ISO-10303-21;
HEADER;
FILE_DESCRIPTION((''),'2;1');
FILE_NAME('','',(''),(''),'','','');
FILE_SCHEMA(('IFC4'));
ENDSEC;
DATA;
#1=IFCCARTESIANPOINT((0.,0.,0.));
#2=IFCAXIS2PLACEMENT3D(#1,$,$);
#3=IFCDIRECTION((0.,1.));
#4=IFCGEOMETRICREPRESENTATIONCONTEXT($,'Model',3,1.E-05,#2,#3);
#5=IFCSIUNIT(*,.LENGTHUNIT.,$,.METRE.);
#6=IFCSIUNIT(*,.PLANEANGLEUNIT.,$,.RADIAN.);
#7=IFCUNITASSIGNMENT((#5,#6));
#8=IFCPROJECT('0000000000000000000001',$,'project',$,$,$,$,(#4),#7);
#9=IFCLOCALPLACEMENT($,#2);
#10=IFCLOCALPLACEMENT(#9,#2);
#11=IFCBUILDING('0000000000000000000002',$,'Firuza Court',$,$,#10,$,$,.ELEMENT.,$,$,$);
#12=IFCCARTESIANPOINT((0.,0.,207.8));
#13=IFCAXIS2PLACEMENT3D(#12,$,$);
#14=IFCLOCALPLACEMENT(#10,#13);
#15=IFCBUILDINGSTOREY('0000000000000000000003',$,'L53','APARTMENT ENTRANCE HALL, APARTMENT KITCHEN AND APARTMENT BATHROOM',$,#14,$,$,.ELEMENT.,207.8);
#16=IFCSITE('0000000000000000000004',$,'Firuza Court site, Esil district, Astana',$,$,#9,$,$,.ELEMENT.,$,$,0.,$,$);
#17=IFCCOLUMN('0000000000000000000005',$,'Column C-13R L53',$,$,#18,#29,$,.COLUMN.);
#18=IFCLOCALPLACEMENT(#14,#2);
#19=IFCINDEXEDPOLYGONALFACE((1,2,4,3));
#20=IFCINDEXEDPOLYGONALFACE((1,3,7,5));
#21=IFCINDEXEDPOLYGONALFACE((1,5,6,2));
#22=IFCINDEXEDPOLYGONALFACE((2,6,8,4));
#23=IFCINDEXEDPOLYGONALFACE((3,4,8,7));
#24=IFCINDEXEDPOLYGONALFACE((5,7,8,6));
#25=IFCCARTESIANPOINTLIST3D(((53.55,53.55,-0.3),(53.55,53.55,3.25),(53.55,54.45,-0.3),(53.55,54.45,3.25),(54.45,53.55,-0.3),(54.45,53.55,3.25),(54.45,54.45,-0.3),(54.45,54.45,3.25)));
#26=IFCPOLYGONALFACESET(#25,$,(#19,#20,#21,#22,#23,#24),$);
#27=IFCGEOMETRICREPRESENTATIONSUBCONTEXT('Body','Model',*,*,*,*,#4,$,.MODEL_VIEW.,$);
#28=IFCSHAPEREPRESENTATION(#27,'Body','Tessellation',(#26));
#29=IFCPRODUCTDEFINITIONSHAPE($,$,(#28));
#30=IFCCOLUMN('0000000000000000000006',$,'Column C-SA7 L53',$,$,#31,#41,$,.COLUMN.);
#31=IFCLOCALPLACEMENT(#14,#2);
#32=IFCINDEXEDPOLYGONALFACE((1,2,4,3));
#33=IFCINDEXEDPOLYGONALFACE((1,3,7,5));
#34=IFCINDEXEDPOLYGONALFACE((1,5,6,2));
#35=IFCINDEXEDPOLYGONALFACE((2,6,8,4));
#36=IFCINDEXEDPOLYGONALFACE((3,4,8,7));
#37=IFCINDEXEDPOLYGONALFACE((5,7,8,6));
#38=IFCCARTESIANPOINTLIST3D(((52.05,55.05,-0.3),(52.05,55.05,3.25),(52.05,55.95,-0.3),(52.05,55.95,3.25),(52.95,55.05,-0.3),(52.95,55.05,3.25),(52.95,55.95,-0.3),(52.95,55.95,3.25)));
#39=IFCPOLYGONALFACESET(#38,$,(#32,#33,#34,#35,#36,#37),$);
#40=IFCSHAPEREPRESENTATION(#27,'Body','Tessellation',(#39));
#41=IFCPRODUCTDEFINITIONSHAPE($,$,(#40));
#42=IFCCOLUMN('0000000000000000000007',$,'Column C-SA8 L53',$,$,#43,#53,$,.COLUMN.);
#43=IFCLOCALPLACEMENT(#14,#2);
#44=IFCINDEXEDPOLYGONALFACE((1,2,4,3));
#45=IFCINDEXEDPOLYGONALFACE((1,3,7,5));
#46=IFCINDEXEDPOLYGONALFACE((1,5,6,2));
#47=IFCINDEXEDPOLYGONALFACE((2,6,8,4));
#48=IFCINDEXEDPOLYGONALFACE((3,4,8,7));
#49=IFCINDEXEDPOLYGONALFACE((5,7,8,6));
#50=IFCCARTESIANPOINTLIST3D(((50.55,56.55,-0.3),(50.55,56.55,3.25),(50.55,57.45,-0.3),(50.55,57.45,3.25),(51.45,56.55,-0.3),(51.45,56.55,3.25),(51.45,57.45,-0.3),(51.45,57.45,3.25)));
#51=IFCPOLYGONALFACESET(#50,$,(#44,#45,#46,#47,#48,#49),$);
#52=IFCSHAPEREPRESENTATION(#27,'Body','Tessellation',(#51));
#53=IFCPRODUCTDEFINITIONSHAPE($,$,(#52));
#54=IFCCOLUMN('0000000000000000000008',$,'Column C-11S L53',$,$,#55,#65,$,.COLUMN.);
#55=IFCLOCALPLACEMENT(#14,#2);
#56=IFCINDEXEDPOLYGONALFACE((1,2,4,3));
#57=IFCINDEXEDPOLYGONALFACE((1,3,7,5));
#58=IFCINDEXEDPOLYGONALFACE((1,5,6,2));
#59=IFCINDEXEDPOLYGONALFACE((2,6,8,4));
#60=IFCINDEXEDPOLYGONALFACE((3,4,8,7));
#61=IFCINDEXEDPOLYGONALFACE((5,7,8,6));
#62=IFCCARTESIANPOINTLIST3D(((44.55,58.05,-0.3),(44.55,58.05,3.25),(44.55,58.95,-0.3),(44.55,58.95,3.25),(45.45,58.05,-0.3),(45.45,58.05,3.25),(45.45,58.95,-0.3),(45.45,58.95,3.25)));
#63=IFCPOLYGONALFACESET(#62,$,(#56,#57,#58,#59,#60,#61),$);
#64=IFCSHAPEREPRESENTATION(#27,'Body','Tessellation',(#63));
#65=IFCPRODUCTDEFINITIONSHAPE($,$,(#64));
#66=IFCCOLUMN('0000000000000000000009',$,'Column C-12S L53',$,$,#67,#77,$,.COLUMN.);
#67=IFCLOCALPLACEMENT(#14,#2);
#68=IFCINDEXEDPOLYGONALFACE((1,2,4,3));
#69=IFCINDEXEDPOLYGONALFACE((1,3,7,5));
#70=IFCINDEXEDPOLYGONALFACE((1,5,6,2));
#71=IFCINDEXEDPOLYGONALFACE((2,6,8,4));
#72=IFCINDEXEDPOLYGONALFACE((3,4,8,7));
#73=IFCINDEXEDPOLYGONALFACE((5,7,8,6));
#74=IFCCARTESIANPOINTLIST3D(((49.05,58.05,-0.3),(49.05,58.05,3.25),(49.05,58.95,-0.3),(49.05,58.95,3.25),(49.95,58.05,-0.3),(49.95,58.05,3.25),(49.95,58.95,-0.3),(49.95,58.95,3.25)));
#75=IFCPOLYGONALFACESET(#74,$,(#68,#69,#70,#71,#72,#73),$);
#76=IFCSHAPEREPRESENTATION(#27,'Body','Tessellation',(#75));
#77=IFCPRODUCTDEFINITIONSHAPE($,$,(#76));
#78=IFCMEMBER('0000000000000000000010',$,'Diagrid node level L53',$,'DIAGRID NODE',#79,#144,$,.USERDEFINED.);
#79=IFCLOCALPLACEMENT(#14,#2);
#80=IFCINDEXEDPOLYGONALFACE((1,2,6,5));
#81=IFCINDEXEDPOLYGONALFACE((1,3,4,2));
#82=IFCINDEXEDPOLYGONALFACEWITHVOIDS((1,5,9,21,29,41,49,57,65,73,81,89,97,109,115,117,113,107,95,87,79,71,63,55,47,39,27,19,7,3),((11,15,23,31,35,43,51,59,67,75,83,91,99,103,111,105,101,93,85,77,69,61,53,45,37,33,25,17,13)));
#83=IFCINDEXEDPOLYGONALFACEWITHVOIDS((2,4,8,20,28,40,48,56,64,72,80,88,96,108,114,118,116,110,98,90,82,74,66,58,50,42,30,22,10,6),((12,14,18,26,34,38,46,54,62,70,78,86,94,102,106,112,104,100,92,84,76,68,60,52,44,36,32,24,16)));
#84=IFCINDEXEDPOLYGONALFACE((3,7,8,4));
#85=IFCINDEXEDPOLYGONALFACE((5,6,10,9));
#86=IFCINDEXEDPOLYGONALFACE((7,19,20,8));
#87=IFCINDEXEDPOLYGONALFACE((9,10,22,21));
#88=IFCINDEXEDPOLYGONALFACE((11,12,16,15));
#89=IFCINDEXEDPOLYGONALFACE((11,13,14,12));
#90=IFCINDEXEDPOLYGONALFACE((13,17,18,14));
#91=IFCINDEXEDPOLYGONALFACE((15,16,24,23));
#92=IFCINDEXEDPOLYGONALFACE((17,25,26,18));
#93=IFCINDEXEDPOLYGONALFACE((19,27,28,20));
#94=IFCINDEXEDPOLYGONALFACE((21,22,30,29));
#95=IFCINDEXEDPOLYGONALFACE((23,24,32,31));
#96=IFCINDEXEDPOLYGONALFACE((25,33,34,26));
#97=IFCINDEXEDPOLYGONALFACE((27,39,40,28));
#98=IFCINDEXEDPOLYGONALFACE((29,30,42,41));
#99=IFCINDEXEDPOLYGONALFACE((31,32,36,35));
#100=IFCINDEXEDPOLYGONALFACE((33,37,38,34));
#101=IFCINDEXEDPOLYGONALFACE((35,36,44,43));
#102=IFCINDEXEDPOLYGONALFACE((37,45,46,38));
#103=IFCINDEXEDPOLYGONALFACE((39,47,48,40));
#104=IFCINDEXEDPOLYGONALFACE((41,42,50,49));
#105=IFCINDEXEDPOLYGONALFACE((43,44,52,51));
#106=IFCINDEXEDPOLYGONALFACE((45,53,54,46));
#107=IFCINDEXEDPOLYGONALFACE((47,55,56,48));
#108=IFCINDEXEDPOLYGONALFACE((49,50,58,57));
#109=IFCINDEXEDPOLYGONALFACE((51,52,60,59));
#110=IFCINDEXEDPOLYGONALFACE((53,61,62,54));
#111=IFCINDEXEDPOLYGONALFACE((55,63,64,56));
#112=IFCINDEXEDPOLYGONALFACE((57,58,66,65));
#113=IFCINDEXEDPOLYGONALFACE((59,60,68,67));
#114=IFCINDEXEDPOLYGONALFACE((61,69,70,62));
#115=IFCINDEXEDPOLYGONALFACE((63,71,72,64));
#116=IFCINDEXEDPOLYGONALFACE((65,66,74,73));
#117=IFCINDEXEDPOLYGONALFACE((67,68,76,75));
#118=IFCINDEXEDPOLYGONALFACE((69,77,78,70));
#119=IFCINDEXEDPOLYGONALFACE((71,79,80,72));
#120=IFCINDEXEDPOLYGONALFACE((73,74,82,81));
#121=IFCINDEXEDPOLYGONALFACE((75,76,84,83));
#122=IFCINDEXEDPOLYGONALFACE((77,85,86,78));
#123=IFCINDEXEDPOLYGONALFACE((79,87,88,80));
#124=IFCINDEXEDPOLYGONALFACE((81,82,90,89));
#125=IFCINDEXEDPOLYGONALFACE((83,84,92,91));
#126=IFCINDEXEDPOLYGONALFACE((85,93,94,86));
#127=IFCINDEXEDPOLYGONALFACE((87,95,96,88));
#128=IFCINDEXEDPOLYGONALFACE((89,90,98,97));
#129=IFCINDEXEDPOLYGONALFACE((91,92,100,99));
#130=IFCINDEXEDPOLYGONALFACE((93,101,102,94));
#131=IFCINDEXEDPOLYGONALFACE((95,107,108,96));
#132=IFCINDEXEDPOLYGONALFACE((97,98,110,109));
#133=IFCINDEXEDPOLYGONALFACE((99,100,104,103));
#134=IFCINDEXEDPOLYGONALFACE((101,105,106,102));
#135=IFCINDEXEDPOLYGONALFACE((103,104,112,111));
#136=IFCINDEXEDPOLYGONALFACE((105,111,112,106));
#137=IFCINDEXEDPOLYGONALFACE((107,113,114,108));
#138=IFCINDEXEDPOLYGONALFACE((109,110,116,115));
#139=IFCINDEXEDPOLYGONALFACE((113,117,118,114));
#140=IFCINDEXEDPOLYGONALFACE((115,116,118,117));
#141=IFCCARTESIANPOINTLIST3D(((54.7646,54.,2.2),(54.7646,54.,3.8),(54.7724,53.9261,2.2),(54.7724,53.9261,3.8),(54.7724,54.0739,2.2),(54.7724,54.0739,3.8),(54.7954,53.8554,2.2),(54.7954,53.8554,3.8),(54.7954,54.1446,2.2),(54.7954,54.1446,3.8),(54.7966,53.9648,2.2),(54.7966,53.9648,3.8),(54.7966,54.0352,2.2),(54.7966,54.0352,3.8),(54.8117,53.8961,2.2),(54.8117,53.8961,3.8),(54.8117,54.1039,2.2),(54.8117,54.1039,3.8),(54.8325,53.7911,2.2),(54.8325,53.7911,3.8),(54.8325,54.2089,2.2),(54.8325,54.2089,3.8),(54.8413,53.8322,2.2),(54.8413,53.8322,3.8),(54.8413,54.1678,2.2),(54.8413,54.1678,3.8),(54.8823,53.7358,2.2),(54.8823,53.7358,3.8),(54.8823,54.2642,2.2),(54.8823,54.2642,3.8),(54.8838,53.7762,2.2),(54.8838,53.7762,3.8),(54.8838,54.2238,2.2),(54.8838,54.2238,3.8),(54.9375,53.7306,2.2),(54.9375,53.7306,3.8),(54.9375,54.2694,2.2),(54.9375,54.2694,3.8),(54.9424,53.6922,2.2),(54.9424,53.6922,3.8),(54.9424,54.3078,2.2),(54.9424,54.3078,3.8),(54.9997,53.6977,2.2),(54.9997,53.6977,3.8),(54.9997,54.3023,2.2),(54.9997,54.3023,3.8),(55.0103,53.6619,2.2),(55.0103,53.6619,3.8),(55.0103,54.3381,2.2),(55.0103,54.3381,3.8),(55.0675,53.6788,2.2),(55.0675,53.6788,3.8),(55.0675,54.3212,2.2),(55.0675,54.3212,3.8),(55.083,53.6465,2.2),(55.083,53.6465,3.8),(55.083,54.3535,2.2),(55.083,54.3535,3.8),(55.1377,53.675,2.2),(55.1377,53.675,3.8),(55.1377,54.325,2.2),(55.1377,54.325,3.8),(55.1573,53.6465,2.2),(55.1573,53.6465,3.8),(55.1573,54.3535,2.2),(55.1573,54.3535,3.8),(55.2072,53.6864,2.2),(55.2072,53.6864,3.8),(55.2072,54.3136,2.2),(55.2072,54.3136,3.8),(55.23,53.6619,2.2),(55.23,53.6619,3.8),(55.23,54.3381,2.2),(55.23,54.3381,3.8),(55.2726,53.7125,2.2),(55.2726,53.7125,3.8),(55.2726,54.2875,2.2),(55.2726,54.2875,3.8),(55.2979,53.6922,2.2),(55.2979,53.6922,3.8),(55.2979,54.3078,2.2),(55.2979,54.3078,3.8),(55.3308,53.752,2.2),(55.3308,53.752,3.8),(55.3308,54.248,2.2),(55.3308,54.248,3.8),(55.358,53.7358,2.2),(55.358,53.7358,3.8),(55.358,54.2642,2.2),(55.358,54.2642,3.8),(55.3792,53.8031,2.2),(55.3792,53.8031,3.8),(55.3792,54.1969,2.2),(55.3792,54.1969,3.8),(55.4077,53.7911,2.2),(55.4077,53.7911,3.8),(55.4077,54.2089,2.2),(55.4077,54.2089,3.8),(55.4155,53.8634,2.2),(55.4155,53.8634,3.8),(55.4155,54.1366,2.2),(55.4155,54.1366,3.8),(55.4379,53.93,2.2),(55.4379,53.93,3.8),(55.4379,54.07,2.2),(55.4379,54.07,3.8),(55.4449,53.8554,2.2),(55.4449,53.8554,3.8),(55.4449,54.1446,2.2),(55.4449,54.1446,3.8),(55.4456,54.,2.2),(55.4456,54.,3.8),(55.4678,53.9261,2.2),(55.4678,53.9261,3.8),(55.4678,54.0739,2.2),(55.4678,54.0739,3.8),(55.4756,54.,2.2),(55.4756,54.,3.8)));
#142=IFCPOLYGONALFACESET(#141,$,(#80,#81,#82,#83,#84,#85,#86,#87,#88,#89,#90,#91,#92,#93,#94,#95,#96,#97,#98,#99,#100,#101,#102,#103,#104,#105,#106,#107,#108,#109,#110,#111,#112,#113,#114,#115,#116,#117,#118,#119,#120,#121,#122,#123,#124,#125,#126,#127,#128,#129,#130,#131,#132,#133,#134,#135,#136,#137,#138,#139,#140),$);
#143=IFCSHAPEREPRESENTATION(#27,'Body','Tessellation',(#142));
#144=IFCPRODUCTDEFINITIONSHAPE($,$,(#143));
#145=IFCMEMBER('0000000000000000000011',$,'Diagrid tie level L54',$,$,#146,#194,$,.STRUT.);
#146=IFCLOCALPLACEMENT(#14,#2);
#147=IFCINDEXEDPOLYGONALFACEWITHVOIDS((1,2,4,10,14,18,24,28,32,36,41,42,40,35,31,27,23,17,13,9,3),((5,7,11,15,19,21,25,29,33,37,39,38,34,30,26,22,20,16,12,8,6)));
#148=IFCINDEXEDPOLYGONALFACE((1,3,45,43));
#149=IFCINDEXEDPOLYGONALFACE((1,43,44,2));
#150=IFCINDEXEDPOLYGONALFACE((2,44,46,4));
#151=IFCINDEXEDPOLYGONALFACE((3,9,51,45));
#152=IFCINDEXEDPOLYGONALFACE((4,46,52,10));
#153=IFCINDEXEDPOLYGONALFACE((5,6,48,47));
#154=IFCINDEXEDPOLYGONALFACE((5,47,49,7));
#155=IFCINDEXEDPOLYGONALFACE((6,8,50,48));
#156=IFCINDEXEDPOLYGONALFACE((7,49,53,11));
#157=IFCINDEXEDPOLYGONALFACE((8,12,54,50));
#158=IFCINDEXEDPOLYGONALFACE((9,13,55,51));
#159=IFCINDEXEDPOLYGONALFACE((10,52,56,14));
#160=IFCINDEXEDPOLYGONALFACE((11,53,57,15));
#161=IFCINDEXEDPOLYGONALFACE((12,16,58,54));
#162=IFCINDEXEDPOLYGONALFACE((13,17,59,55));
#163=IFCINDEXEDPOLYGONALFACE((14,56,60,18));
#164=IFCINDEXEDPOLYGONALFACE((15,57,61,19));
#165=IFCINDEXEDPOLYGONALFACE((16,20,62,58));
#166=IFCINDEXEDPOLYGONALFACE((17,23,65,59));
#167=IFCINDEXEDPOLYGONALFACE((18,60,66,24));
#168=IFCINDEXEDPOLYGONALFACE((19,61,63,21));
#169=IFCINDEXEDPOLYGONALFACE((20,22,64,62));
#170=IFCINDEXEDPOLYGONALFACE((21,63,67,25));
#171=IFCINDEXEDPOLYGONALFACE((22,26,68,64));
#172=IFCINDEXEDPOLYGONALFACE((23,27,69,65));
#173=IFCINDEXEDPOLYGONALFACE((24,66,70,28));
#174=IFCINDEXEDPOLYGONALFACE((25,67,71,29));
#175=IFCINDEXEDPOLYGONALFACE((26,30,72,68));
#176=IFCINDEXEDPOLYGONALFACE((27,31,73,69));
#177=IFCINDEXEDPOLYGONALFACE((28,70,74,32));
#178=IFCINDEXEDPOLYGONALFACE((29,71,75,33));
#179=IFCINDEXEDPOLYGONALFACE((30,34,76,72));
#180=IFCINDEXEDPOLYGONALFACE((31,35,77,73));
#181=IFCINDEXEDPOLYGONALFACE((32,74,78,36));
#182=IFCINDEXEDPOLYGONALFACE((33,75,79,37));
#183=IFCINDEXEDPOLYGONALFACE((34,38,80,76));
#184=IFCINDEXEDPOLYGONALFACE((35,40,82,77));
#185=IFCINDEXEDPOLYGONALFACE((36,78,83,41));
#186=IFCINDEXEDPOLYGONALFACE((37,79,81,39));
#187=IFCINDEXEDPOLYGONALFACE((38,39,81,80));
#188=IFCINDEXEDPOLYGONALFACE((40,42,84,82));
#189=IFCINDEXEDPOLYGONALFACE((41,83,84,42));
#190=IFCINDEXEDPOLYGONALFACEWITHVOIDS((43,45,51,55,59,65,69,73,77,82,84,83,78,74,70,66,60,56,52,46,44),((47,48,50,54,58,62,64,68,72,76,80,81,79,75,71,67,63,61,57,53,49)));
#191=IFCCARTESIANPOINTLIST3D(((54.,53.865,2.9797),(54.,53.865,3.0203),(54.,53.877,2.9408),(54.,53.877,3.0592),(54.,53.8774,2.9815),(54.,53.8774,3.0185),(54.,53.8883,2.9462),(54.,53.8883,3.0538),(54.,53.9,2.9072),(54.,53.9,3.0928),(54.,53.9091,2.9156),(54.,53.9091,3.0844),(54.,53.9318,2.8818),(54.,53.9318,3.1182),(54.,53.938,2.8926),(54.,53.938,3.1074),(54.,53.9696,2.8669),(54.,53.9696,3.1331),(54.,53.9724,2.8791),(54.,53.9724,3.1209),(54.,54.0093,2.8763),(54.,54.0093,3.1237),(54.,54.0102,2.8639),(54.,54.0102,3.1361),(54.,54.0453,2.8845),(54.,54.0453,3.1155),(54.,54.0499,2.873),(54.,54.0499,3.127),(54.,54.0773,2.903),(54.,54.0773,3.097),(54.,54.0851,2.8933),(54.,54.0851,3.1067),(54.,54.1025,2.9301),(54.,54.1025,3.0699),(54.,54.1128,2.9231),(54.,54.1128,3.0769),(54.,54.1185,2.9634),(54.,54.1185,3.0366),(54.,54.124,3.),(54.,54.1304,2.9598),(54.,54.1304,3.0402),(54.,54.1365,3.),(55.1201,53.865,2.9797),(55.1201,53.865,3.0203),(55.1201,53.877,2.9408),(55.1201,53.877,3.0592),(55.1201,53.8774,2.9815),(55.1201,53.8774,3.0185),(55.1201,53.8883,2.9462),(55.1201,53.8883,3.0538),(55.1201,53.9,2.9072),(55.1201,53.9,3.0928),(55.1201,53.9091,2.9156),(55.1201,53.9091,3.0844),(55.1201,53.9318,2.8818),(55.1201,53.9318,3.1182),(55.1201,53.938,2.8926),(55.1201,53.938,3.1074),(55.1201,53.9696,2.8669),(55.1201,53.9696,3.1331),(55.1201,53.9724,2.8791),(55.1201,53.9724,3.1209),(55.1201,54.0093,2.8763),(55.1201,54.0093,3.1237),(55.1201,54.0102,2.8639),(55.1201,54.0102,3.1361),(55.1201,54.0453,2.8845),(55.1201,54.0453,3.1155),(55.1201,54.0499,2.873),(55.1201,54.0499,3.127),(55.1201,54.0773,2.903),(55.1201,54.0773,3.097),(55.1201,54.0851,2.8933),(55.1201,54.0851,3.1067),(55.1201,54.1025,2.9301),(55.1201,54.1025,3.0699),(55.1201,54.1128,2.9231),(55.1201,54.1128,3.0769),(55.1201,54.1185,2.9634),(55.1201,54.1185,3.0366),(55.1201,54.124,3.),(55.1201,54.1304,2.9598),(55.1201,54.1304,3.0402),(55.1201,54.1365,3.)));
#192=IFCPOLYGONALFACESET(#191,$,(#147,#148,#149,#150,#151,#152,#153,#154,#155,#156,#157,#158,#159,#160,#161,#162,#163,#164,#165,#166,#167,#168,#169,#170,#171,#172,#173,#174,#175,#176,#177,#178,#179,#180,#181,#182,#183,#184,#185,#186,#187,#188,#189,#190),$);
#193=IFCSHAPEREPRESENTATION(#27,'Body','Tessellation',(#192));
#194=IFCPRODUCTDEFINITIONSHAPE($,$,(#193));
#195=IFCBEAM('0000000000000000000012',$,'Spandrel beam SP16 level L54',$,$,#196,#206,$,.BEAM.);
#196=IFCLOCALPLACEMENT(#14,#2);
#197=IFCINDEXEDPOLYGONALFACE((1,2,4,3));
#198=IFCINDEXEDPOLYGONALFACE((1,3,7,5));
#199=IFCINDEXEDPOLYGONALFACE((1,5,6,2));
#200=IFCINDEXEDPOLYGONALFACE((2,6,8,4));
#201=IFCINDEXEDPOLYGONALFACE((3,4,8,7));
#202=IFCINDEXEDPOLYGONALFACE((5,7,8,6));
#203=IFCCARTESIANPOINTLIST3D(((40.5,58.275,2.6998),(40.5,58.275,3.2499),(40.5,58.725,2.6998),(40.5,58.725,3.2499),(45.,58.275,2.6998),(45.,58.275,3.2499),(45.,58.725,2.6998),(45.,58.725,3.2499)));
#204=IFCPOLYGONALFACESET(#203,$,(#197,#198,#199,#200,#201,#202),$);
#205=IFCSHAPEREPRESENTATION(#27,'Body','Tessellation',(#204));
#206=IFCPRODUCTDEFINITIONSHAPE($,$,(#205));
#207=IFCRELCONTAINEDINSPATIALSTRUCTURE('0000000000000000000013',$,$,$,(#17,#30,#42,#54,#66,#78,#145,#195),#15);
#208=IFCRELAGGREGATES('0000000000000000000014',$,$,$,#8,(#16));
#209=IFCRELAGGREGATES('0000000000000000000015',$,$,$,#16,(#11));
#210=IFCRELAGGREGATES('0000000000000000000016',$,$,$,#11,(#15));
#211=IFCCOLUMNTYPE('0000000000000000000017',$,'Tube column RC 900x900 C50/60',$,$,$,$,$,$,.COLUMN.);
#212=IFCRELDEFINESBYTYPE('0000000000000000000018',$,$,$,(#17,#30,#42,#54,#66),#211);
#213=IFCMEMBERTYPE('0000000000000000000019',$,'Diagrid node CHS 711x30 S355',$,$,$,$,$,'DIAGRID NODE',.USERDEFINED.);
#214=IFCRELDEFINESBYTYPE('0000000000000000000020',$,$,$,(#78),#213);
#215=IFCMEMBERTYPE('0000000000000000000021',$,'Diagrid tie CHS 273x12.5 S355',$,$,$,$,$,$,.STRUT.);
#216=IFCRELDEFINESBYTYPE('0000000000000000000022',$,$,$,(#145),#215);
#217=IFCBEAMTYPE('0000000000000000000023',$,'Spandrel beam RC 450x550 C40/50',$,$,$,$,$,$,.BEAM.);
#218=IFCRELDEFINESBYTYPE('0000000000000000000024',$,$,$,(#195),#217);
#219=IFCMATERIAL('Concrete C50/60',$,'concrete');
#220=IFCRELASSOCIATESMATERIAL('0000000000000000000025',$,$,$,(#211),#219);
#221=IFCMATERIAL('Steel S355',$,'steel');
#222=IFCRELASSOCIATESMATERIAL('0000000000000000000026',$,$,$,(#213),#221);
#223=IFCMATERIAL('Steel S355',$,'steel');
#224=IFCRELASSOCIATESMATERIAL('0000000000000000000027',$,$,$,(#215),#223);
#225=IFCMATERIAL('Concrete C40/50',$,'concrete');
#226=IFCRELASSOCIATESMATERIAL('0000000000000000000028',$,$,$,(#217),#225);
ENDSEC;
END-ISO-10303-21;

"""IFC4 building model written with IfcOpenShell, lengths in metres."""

from ifc_helpers import new_model, si_unit, direction, frame, origin, origin_2d, place, context, subcontext, project, spatial, rectangle, hollow_circle, extrude, material, material_profile, profile_set, type_object, element, save


model = new_model("IFC4")

# Units and contexts
model_context = context("Model", 3, precision=1e-05, world=origin(), true_north=direction((0.0, 1.0)))
body_context = subcontext(model_context, "Body", "Model", "MODEL_VIEW")
ifc_project = project(units=[si_unit("LENGTHUNIT", "METRE"), si_unit("PLANEANGLEUNIT", "RADIAN")], contexts=[model_context])

# Site, building, storey
site_placement = place(None, origin())
site = spatial("IfcSite", under=ifc_project, at=site_placement, Name="Firuza Court site, Esil district, Astana", CompositionType="ELEMENT", RefElevation=0.0)
building_placement = place(site_placement, origin())
building = spatial("IfcBuilding", under=site, at=building_placement, Name="Firuza Court", CompositionType="ELEMENT")
storey_placement = place(building_placement, frame((0.0, 0.0, 207.8)))
storey = spatial("IfcBuildingStorey", under=building, at=storey_placement, Name="L53", Description="APARTMENT ENTRANCE HALL, APARTMENT KITCHEN AND APARTMENT BATHROOM", CompositionType="ELEMENT", Elevation=207.8)

# Columns
ifc_material_1 = material(Name="Concrete C50/60", Category="concrete")
ifc_material_profile_1 = material_profile(ifc_material_1, rectangle(XDim=0.8999, YDim=0.8999, at=origin_2d()), Name="RC 900x900")
ifc_profile_set_1 = profile_set([ifc_material_profile_1], Name="Concrete C50/60")
column_type = type_object("IfcColumnType", Name="Tube column RC 900x900 C50/60", PredefinedType="COLUMN", material=ifc_profile_set_1)
for number, where, z_axis, x_axis, name in (
    (1, (54.0, 54.0, -0.3), (0.0, 0.0, 1.0), (1.0, 0.0, 0.0), "Column C-13R L53"),
    (2, (52.5, 55.5, -0.3), (0.0, 0.0, 1.0), (1.0, 0.0, 0.0), "Column C-SA7 L53"),
    (3, (51.0, 57.0, -0.3), (0.0, 0.0, 1.0), (1.0, 0.0, 0.0), "Column C-SA8 L53"),
    (4, (45.0, 58.5, -0.3), (0.0, 0.0, 1.0), (1.0, 0.0, 0.0), "Column C-11S L53"),
    (5, (49.5, 58.5, -0.3), (0.0, 0.0, 1.0), (1.0, 0.0, 0.0), "Column C-12S L53"),
):
    element("IfcColumn", number, at=place(storey_placement, frame(where, z_axis=z_axis, x_axis=x_axis)), inside=storey, type_object=column_type, Name=name, PredefinedType="COLUMN", context=body_context, shape_type="SweptSolid", body=[
        extrude(rectangle(XDim=0.8999, YDim=0.8999, at=origin_2d()), origin(), (0.0, 0.0, 1.0), 3.55),
    ])

# Members
ifc_material_2 = material(Name="Steel S355", Category="steel")
ifc_material_profile_2 = material_profile(ifc_material_2, hollow_circle(Radius=0.3555, WallThickness=0.03, at=origin_2d()), Name="CHS 711x30")
ifc_profile_set_2 = profile_set([ifc_material_profile_2], Name="Steel S355")
member_type_1 = type_object("IfcMemberType", Name="Diagrid node CHS 711x30 S355", ElementType="DIAGRID NODE", PredefinedType="USERDEFINED", material=ifc_profile_set_2)
member_1_placement = place(storey_placement, frame((55.1201, 54.0, 2.2), z_axis=(0.0, 0.0, 1.0), x_axis=(1.0, 0.0, 0.0)))
element("IfcMember", 6, at=member_1_placement, inside=storey, type_object=member_type_1, Name="Diagrid node level L53", ObjectType="DIAGRID NODE", PredefinedType="USERDEFINED", context=body_context, shape_type="SweptSolid", body=[
    extrude(hollow_circle(Radius=0.3555, WallThickness=0.03, at=origin_2d()), origin(), (0.0, 0.0, 1.0), 1.6001),
])
ifc_material_3 = material(Name="Steel S355", Category="steel")
ifc_material_profile_3 = material_profile(ifc_material_3, hollow_circle(Radius=0.1365, WallThickness=0.0125, at=origin_2d()), Name="CHS 273x12.5")
ifc_profile_set_3 = profile_set([ifc_material_profile_3], Name="Steel S355")
member_type_2 = type_object("IfcMemberType", Name="Diagrid tie CHS 273x12.5 S355", PredefinedType="STRUT", material=ifc_profile_set_3)
member_2_placement = place(storey_placement, frame((54.0, 54.0, 3.0), z_axis=(1.0, 0.0, 0.0), x_axis=(0.0, 1.0, 0.0)))
element("IfcMember", 7, at=member_2_placement, inside=storey, type_object=member_type_2, Name="Diagrid tie level L54", PredefinedType="STRUT", context=body_context, shape_type="SweptSolid", body=[
    extrude(hollow_circle(Radius=0.1365, WallThickness=0.0125, at=origin_2d()), origin(), (0.0, 0.0, 1.0), 1.1201),
])

# Beam
ifc_material_4 = material(Name="Concrete C40/50", Category="concrete")
ifc_material_profile_4 = material_profile(ifc_material_4, rectangle(XDim=0.45, YDim=0.55, at=origin_2d()), Name="RC 450x550")
ifc_profile_set_4 = profile_set([ifc_material_profile_4], Name="Concrete C40/50")
beam_type = type_object("IfcBeamType", Name="Spandrel beam RC 450x550 C40/50", PredefinedType="BEAM", material=ifc_profile_set_4)
for number, where, z_axis, x_axis, name in (
    (8, (45.0, 58.5, 2.9749), (-1.0, 0.0, 0.0), (0.0, -1.0, 0.0), "Spandrel beam SP16 level L54"),
):
    element("IfcBeam", number, at=place(storey_placement, frame(where, z_axis=z_axis, x_axis=x_axis)), inside=storey, type_object=beam_type, Name=name, PredefinedType="BEAM", context=body_context, shape_type="SweptSolid", body=[
        extrude(rectangle(XDim=0.45, YDim=0.55, at=origin_2d()), origin(), (0.0, 0.0, 1.0), 4.5),
    ])

save(model, "model.ifc")
